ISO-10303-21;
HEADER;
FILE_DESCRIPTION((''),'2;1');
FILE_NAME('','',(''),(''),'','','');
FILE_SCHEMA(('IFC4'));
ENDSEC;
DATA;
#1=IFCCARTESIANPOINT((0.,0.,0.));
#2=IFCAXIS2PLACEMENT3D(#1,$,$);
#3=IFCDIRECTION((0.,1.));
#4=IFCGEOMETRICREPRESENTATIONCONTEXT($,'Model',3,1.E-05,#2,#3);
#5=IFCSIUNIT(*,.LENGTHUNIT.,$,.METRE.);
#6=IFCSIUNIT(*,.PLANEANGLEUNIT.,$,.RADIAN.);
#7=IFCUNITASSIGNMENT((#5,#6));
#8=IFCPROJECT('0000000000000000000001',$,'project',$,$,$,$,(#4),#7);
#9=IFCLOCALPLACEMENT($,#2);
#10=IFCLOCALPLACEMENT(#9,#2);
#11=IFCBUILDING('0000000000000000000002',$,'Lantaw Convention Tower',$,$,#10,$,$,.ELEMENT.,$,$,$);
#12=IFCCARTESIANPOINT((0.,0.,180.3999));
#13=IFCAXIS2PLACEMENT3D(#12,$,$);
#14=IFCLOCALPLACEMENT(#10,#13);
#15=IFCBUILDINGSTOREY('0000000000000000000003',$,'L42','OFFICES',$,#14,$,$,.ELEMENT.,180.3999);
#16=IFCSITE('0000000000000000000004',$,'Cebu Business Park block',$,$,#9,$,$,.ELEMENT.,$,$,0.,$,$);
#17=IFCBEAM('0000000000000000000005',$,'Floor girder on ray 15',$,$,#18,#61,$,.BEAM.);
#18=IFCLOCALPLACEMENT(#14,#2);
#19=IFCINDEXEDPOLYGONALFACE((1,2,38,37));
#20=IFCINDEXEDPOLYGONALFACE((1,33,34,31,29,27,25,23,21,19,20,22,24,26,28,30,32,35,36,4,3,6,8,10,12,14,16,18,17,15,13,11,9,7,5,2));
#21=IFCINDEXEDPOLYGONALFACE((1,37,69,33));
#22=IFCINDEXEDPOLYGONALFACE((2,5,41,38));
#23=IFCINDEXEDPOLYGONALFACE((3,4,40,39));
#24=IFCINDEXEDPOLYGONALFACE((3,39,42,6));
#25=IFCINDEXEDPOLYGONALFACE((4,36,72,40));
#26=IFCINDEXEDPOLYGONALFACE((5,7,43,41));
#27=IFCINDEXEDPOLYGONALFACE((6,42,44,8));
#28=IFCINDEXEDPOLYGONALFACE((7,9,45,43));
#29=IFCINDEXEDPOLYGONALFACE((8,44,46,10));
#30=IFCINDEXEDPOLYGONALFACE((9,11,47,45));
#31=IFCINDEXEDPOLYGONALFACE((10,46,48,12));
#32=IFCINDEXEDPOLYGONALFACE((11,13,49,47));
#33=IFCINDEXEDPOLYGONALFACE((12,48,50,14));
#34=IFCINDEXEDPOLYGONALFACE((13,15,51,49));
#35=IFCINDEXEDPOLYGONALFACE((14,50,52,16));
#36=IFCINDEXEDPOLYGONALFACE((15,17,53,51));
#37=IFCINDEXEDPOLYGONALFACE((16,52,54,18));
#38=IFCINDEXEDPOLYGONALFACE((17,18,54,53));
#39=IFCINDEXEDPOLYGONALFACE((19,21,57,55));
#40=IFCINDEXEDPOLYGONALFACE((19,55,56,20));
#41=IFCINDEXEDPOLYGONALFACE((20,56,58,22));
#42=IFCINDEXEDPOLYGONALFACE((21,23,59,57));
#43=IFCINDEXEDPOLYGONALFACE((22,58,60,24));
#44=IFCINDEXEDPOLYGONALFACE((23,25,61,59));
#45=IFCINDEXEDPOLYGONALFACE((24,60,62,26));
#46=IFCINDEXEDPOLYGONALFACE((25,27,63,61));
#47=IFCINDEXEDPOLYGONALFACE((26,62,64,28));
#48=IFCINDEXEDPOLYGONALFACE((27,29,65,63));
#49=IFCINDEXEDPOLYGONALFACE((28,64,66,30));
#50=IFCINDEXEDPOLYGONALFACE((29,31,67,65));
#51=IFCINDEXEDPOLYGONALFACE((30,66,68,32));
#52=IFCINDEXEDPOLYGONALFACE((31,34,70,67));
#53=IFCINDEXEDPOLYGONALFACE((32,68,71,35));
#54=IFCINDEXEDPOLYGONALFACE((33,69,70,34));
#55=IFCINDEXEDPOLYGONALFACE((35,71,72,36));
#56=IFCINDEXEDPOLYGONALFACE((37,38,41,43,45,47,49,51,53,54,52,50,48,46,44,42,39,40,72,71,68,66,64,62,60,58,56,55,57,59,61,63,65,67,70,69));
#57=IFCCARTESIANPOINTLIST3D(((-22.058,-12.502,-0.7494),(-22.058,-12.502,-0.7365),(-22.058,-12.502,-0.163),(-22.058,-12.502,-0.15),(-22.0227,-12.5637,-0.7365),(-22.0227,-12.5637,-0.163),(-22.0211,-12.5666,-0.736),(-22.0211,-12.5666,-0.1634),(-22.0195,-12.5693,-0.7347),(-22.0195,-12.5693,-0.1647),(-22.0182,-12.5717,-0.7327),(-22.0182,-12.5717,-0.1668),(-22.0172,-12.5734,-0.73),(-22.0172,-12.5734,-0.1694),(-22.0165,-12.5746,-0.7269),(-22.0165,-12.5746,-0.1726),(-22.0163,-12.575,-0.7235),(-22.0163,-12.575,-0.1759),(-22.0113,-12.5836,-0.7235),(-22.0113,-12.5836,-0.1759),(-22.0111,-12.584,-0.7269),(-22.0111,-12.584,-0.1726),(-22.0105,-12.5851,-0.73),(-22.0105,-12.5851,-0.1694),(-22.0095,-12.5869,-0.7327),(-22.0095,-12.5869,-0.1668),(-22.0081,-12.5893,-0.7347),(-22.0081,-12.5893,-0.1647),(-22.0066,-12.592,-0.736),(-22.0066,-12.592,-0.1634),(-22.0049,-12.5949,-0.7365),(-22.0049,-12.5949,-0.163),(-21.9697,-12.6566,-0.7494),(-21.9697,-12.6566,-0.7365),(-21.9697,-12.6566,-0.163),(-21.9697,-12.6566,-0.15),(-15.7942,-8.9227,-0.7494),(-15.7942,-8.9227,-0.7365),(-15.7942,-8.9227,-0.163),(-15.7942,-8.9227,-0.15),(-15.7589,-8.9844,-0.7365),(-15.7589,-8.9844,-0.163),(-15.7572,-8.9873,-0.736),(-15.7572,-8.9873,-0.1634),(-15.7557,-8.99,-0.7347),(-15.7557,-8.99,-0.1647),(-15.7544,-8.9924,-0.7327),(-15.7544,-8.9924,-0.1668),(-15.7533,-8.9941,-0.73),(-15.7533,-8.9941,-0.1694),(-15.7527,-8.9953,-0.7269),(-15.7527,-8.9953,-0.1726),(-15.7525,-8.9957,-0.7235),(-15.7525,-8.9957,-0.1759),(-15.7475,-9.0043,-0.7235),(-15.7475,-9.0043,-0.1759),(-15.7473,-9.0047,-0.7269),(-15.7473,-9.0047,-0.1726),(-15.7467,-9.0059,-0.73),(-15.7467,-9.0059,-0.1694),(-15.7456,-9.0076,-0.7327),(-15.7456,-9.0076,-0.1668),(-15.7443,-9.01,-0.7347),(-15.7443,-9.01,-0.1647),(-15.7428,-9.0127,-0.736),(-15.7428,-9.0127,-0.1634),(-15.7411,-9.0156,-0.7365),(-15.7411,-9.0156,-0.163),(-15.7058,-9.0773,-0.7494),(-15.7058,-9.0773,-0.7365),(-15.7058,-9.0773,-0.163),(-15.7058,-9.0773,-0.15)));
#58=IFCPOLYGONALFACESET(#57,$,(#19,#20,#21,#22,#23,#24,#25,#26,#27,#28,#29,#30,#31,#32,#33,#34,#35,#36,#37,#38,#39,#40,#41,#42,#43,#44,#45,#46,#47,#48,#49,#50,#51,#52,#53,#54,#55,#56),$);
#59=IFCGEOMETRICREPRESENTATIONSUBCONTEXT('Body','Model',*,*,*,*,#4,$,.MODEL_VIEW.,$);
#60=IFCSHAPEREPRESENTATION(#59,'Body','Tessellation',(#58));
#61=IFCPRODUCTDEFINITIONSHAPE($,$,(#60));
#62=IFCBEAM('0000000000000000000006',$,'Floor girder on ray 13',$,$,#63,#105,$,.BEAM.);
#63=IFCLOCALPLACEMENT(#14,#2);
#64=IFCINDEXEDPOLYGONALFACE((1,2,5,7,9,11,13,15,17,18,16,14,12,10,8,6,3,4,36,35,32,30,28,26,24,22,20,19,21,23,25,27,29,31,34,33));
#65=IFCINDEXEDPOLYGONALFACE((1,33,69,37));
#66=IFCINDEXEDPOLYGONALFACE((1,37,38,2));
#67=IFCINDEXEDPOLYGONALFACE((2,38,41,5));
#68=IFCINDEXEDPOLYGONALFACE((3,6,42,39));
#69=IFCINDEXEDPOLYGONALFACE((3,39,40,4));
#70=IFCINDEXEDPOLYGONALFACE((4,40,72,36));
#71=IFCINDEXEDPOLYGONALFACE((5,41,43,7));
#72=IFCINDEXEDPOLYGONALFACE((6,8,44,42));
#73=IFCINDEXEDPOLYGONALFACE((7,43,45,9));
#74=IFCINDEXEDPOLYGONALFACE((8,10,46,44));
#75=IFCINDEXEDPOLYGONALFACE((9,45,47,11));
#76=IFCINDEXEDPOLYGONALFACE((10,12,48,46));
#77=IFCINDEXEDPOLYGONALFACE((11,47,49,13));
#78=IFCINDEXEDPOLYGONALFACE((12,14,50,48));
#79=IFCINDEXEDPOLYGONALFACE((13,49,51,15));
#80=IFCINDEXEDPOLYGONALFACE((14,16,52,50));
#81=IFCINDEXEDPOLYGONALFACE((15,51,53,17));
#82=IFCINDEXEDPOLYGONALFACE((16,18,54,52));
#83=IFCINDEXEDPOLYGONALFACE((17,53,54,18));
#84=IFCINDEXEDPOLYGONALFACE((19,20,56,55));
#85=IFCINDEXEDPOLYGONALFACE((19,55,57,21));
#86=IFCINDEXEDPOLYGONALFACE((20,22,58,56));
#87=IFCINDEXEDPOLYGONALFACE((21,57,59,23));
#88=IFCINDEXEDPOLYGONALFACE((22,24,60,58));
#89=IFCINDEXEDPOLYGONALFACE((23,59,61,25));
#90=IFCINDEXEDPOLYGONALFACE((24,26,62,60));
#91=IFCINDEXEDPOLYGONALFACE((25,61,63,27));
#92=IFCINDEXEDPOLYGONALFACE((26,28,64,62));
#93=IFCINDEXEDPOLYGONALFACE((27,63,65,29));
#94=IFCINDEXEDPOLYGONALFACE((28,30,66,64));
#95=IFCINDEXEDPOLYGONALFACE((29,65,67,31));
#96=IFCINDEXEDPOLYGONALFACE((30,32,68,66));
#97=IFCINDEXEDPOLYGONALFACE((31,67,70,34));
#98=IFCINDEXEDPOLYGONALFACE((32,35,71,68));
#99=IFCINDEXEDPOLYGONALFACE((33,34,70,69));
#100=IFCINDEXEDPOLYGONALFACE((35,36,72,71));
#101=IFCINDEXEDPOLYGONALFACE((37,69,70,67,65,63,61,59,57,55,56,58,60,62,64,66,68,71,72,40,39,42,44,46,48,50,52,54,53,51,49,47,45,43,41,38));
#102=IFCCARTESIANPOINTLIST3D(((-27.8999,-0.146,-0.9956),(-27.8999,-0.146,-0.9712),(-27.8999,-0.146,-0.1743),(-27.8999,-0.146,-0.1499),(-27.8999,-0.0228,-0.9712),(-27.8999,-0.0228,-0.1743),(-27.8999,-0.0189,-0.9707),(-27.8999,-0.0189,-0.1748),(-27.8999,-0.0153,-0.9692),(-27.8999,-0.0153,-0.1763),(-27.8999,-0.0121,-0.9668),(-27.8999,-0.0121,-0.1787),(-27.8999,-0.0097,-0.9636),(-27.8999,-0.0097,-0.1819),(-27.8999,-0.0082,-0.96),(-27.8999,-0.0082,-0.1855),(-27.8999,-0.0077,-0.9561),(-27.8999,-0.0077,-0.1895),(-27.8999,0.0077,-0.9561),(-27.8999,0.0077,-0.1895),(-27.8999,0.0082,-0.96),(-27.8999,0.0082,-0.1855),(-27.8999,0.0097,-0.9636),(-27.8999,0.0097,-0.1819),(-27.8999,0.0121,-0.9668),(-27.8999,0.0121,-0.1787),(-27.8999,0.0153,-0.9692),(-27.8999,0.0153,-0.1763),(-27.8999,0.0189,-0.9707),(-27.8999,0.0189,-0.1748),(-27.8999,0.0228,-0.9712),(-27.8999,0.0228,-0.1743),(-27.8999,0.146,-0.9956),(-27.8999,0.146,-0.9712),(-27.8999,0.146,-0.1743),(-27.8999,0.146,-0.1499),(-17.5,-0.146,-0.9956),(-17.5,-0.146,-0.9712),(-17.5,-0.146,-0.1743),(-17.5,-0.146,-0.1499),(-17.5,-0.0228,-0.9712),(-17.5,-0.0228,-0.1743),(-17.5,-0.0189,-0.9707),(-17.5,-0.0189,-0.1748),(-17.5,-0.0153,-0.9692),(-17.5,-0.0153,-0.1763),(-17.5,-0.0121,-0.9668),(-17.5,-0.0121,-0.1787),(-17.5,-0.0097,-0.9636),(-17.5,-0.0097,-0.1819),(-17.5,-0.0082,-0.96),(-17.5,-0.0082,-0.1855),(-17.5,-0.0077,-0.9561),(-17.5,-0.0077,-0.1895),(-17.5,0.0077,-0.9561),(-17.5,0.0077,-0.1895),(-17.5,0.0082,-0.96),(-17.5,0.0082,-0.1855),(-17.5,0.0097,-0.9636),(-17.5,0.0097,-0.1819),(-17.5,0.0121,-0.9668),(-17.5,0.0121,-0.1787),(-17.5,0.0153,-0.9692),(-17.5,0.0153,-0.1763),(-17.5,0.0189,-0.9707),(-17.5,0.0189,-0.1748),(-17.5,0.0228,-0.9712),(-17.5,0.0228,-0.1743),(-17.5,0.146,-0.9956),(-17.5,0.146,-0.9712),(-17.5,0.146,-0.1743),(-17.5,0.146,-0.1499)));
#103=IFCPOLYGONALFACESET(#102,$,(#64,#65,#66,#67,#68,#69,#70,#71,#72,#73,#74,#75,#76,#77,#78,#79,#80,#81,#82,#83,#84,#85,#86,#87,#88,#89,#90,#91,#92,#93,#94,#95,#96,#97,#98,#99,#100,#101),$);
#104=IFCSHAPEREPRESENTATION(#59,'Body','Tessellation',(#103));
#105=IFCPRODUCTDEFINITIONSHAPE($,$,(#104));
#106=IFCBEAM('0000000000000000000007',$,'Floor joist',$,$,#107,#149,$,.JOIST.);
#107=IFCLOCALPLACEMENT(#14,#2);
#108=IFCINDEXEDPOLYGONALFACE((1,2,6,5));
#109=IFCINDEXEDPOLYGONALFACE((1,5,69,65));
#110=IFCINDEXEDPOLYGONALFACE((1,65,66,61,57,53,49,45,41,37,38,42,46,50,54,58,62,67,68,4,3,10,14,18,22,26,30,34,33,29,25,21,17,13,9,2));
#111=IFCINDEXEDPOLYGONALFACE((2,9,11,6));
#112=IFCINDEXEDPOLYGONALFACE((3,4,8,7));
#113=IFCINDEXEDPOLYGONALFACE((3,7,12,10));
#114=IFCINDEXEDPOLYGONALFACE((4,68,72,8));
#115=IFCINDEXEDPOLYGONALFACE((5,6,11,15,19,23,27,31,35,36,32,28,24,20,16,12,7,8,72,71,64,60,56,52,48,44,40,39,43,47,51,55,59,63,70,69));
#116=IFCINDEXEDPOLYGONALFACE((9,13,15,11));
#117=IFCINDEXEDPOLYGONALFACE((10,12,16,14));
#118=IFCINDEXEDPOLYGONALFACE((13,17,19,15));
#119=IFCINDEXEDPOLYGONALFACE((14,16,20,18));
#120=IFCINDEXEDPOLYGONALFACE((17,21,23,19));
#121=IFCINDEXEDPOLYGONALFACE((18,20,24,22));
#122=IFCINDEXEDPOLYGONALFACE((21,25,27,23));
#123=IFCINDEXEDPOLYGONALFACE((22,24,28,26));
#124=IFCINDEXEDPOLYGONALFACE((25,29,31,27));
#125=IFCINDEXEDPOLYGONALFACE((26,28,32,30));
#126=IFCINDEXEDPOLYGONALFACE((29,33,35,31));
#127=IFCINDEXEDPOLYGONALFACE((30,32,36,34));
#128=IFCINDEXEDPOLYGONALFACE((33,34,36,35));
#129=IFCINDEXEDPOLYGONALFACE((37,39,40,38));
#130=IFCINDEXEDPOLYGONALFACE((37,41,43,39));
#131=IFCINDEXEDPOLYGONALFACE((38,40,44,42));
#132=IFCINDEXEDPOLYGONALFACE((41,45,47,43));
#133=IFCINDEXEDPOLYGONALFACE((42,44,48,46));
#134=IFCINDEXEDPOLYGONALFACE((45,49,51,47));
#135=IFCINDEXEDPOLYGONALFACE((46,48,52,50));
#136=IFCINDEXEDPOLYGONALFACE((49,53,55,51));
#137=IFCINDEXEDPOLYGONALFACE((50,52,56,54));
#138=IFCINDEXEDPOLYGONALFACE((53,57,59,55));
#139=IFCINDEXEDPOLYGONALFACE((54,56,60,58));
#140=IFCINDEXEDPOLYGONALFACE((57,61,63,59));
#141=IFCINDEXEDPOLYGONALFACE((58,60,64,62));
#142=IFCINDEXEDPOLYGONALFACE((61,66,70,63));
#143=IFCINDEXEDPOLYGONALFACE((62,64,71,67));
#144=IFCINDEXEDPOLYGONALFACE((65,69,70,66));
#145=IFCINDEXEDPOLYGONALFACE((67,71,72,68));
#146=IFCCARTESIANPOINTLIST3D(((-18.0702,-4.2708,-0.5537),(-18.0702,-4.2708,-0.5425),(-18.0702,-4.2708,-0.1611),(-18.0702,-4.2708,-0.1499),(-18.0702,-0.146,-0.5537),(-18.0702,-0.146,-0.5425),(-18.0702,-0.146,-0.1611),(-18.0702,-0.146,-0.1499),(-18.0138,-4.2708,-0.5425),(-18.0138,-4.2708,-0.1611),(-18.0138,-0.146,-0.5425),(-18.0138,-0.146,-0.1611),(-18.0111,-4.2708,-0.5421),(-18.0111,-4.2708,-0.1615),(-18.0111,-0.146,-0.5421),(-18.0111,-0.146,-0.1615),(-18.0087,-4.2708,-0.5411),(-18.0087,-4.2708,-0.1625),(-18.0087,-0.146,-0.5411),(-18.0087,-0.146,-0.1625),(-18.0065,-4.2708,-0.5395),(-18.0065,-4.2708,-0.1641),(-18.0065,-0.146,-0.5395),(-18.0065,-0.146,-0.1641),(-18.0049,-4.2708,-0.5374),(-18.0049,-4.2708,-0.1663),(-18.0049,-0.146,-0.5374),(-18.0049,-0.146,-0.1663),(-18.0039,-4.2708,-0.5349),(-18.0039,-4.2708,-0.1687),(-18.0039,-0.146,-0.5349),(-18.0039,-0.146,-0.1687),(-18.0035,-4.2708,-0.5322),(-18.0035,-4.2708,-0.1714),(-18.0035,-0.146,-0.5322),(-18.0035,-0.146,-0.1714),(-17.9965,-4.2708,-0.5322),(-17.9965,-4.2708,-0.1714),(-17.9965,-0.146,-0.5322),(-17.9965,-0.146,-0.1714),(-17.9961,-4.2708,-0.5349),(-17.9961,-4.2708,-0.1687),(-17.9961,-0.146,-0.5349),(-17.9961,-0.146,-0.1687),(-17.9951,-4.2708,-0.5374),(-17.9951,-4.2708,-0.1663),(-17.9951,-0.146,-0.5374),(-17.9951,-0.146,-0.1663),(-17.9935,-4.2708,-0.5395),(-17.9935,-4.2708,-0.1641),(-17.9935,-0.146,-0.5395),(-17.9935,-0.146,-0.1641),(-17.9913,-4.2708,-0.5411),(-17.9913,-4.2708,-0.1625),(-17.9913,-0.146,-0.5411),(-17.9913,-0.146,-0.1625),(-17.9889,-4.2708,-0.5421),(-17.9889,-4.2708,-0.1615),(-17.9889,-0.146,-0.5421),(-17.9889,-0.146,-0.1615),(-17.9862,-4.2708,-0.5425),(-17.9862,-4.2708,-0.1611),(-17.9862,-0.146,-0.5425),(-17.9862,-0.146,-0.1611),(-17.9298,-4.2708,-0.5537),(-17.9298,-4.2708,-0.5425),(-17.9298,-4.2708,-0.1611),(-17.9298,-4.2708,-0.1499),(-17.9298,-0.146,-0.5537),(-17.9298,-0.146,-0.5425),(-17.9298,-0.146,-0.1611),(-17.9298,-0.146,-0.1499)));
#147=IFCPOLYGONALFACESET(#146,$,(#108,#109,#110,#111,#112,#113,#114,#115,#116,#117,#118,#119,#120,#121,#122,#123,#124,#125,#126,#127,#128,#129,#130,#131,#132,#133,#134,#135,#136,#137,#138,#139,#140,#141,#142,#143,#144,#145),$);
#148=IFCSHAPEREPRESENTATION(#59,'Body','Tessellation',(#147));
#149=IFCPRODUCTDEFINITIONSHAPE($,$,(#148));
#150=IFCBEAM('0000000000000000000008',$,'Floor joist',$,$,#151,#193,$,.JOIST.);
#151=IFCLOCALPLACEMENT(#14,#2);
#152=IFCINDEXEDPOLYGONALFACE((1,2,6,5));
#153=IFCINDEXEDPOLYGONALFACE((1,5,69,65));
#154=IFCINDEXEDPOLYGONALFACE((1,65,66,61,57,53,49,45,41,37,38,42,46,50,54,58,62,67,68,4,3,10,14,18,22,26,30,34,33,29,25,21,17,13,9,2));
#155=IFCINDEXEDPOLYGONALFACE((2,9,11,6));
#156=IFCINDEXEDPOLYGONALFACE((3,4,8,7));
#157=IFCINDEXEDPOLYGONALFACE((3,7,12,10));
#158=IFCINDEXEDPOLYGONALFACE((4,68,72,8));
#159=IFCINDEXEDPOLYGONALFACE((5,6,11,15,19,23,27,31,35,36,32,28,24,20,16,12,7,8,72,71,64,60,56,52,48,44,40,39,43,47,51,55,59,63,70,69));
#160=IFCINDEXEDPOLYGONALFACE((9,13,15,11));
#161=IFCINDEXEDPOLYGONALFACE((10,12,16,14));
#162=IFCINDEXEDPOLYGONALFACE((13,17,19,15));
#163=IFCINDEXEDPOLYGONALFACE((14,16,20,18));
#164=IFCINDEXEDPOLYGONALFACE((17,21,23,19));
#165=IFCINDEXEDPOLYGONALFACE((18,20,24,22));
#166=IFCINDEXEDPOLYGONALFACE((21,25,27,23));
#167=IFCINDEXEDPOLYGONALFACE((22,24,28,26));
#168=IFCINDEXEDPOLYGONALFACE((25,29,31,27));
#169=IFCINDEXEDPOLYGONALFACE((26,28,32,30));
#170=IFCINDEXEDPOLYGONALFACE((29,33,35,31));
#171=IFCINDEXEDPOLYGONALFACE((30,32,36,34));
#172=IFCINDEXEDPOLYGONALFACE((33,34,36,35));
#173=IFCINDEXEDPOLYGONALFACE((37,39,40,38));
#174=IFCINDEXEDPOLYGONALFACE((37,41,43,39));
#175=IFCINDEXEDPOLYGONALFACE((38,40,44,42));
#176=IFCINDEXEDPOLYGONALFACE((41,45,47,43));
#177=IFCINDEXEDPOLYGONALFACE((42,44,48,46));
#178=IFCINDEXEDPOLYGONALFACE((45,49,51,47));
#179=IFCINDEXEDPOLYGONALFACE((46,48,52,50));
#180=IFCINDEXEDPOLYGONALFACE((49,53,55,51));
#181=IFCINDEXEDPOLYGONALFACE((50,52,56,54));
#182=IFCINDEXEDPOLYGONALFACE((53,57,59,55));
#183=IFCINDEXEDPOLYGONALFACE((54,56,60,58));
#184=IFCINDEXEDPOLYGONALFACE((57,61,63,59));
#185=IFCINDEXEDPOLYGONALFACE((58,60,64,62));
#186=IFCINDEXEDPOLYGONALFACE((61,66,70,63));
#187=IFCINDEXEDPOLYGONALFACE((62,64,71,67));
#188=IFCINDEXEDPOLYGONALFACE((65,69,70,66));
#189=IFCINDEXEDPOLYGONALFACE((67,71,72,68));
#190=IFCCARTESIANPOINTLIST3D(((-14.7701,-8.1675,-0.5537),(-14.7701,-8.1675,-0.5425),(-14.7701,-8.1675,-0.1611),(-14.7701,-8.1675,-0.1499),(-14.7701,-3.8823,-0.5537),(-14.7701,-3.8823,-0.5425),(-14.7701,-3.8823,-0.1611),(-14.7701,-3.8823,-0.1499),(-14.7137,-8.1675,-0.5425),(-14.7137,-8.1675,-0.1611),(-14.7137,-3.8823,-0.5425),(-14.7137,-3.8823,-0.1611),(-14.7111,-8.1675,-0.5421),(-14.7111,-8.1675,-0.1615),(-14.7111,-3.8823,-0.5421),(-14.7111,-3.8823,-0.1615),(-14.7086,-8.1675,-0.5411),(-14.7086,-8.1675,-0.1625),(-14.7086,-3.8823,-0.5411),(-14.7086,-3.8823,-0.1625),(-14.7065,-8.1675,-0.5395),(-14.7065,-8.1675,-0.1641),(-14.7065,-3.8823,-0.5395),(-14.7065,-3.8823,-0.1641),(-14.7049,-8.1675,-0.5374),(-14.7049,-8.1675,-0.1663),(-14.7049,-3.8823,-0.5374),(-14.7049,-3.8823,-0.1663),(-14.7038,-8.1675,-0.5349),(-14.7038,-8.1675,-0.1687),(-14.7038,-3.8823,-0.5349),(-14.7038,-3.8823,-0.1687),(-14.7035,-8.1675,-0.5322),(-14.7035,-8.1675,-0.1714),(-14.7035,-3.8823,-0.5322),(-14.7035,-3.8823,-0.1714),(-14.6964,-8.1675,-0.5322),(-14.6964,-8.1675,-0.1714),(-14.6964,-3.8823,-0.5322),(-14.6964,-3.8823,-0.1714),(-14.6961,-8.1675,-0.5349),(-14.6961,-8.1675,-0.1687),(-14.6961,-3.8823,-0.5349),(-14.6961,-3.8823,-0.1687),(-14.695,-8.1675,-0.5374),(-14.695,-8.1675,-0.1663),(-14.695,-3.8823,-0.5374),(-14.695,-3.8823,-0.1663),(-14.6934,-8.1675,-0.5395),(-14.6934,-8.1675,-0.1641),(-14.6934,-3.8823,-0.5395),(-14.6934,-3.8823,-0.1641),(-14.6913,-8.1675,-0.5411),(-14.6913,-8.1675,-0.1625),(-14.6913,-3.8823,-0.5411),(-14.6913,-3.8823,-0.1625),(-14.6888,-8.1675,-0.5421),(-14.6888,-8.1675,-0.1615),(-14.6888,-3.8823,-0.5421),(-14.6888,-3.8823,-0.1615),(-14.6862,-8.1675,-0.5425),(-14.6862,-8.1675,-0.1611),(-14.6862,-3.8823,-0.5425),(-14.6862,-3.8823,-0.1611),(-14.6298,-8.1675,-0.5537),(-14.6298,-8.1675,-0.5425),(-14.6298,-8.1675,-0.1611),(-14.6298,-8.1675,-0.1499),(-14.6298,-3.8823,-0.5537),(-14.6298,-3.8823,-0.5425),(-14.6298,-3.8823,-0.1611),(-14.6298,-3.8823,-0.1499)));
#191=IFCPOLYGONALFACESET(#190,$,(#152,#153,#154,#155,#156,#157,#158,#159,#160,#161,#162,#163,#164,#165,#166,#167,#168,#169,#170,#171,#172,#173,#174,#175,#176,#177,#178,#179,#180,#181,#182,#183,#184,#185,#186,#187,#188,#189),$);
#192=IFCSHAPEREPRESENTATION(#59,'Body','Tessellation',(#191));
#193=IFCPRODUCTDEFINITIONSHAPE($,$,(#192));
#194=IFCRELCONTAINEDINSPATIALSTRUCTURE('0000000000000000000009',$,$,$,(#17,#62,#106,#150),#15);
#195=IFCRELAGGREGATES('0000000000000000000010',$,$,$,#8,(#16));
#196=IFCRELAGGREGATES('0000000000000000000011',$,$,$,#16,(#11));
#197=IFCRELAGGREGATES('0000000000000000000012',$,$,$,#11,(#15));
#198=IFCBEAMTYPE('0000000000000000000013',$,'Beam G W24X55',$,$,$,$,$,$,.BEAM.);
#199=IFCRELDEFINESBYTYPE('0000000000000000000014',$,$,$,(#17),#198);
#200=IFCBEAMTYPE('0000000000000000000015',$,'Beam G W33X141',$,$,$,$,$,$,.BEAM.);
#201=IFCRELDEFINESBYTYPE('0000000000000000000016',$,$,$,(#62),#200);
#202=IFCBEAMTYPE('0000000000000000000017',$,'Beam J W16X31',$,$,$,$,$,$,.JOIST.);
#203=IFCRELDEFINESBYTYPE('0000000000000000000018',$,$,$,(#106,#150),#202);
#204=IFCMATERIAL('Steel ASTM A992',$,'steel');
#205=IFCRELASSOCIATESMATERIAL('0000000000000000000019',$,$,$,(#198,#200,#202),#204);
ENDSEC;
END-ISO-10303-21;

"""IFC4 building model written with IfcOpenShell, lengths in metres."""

from ifc_helpers import new_model, si_unit, direction, frame, origin, origin_2d, place, context, subcontext, project, spatial, i_section, extrude, material, material_profile, profile_set, type_object, element, save


model = new_model("IFC4")

# Units and contexts
model_context = context("Model", 3, precision=1e-05, world=origin(), true_north=direction((0.0, 1.0)))
body_context = subcontext(model_context, "Body", "Model", "MODEL_VIEW")
ifc_project = project(units=[si_unit("LENGTHUNIT", "METRE"), si_unit("PLANEANGLEUNIT", "RADIAN")], contexts=[model_context])

# Site, building, storey
site_placement = place(None, origin())
site = spatial("IfcSite", under=ifc_project, at=site_placement, Name="Cebu Business Park block", CompositionType="ELEMENT", RefElevation=0.0)
building_placement = place(site_placement, origin())
building = spatial("IfcBuilding", under=site, at=building_placement, Name="Lantaw Convention Tower", CompositionType="ELEMENT")
storey_placement = place(building_placement, frame((0.0, 0.0, 180.3999)))
storey = spatial("IfcBuildingStorey", under=building, at=storey_placement, Name="L42", Description="OFFICES", CompositionType="ELEMENT", Elevation=180.3999)

# Beams
ifc_material_1 = material(Name="Steel ASTM A992", Category="steel")
ifc_material_profile_1 = material_profile(ifc_material_1, i_section(OverallWidth=0.178, OverallDepth=0.5994, WebThickness=0.01, FlangeThickness=0.0129, FilletRadius=0.0129, at=origin_2d()), Name="W24X55")
ifc_profile_set_1 = profile_set([ifc_material_profile_1], Name="Steel ASTM A992")
beam_type_1 = type_object("IfcBeamType", Name="Beam G W24X55", PredefinedType="BEAM", material=ifc_profile_set_1)
beam_1_placement = place(storey_placement, frame((-15.75, -9.0, -0.4497), z_axis=(-0.868245, -0.496135, 0.0), x_axis=(0.496135, -0.868245, 0.0)))
element("IfcBeam", 1, at=beam_1_placement, inside=storey, type_object=beam_type_1, Name="Floor girder on ray 15", PredefinedType="BEAM", context=body_context, shape_type="SweptSolid", body=[
    extrude(i_section(OverallWidth=0.178, OverallDepth=0.5994, WebThickness=0.01, FlangeThickness=0.0129, FilletRadius=0.0129, at=origin_2d()), origin(), (0.0, 0.0, 1.0), 7.2144),
])
ifc_material_profile_2 = material_profile(ifc_material_1, i_section(OverallWidth=0.292, OverallDepth=0.8457, WebThickness=0.0154, FlangeThickness=0.0244, FilletRadius=0.0151, at=origin_2d()), Name="W33X141")
ifc_profile_set_2 = profile_set([ifc_material_profile_2], Name="Steel ASTM A992")
beam_type_2 = type_object("IfcBeamType", Name="Beam G W33X141", PredefinedType="BEAM", material=ifc_profile_set_2)
beam_2_placement = place(storey_placement, frame((-17.5, 0.0, -0.5728), z_axis=(-1.0, 0.0, 0.0), x_axis=(0.0, -1.0, 0.0)))
element("IfcBeam", 2, at=beam_2_placement, inside=storey, type_object=beam_type_2, Name="Floor girder on ray 13", PredefinedType="BEAM", context=body_context, shape_type="SweptSolid", body=[
    extrude(i_section(OverallWidth=0.292, OverallDepth=0.8457, WebThickness=0.0154, FlangeThickness=0.0244, FilletRadius=0.0151, at=origin_2d()), origin(), (0.0, 0.0, 1.0), 10.3999),
])
ifc_material_profile_3 = material_profile(ifc_material_1, i_section(OverallWidth=0.1404, OverallDepth=0.4038, WebThickness=0.0071, FlangeThickness=0.0112, FilletRadius=0.0103, at=origin_2d()), Name="W16X31")
ifc_profile_set_3 = profile_set([ifc_material_profile_3], Name="Steel ASTM A992")
beam_type_3 = type_object("IfcBeamType", Name="Beam J W16X31", PredefinedType="JOIST", material=ifc_profile_set_3)
beam_3_placement = place(storey_placement, frame((-18.0, -4.2708, -0.3518), z_axis=(0.0, 1.0, 0.0), x_axis=(-1.0, 0.0, 0.0)))
element("IfcBeam", 3, at=beam_3_placement, inside=storey, type_object=beam_type_3, Name="Floor joist", PredefinedType="JOIST", context=body_context, shape_type="SweptSolid", body=[
    extrude(i_section(OverallWidth=0.1404, OverallDepth=0.4038, WebThickness=0.0071, FlangeThickness=0.0112, FilletRadius=0.0103, at=origin_2d()), origin(), (0.0, 0.0, 1.0), 4.1248),
])
beam_4_placement = place(storey_placement, frame((-14.7, -8.1675, -0.3518), z_axis=(0.0, 1.0, 0.0), x_axis=(-1.0, 0.0, 0.0)))
element("IfcBeam", 4, at=beam_4_placement, inside=storey, type_object=beam_type_3, Name="Floor joist", PredefinedType="JOIST", context=body_context, shape_type="SweptSolid", body=[
    extrude(i_section(OverallWidth=0.1404, OverallDepth=0.4038, WebThickness=0.0071, FlangeThickness=0.0112, FilletRadius=0.0103, at=origin_2d()), origin(), (0.0, 0.0, 1.0), 4.2852),
])

save(model, "model.ifc")
